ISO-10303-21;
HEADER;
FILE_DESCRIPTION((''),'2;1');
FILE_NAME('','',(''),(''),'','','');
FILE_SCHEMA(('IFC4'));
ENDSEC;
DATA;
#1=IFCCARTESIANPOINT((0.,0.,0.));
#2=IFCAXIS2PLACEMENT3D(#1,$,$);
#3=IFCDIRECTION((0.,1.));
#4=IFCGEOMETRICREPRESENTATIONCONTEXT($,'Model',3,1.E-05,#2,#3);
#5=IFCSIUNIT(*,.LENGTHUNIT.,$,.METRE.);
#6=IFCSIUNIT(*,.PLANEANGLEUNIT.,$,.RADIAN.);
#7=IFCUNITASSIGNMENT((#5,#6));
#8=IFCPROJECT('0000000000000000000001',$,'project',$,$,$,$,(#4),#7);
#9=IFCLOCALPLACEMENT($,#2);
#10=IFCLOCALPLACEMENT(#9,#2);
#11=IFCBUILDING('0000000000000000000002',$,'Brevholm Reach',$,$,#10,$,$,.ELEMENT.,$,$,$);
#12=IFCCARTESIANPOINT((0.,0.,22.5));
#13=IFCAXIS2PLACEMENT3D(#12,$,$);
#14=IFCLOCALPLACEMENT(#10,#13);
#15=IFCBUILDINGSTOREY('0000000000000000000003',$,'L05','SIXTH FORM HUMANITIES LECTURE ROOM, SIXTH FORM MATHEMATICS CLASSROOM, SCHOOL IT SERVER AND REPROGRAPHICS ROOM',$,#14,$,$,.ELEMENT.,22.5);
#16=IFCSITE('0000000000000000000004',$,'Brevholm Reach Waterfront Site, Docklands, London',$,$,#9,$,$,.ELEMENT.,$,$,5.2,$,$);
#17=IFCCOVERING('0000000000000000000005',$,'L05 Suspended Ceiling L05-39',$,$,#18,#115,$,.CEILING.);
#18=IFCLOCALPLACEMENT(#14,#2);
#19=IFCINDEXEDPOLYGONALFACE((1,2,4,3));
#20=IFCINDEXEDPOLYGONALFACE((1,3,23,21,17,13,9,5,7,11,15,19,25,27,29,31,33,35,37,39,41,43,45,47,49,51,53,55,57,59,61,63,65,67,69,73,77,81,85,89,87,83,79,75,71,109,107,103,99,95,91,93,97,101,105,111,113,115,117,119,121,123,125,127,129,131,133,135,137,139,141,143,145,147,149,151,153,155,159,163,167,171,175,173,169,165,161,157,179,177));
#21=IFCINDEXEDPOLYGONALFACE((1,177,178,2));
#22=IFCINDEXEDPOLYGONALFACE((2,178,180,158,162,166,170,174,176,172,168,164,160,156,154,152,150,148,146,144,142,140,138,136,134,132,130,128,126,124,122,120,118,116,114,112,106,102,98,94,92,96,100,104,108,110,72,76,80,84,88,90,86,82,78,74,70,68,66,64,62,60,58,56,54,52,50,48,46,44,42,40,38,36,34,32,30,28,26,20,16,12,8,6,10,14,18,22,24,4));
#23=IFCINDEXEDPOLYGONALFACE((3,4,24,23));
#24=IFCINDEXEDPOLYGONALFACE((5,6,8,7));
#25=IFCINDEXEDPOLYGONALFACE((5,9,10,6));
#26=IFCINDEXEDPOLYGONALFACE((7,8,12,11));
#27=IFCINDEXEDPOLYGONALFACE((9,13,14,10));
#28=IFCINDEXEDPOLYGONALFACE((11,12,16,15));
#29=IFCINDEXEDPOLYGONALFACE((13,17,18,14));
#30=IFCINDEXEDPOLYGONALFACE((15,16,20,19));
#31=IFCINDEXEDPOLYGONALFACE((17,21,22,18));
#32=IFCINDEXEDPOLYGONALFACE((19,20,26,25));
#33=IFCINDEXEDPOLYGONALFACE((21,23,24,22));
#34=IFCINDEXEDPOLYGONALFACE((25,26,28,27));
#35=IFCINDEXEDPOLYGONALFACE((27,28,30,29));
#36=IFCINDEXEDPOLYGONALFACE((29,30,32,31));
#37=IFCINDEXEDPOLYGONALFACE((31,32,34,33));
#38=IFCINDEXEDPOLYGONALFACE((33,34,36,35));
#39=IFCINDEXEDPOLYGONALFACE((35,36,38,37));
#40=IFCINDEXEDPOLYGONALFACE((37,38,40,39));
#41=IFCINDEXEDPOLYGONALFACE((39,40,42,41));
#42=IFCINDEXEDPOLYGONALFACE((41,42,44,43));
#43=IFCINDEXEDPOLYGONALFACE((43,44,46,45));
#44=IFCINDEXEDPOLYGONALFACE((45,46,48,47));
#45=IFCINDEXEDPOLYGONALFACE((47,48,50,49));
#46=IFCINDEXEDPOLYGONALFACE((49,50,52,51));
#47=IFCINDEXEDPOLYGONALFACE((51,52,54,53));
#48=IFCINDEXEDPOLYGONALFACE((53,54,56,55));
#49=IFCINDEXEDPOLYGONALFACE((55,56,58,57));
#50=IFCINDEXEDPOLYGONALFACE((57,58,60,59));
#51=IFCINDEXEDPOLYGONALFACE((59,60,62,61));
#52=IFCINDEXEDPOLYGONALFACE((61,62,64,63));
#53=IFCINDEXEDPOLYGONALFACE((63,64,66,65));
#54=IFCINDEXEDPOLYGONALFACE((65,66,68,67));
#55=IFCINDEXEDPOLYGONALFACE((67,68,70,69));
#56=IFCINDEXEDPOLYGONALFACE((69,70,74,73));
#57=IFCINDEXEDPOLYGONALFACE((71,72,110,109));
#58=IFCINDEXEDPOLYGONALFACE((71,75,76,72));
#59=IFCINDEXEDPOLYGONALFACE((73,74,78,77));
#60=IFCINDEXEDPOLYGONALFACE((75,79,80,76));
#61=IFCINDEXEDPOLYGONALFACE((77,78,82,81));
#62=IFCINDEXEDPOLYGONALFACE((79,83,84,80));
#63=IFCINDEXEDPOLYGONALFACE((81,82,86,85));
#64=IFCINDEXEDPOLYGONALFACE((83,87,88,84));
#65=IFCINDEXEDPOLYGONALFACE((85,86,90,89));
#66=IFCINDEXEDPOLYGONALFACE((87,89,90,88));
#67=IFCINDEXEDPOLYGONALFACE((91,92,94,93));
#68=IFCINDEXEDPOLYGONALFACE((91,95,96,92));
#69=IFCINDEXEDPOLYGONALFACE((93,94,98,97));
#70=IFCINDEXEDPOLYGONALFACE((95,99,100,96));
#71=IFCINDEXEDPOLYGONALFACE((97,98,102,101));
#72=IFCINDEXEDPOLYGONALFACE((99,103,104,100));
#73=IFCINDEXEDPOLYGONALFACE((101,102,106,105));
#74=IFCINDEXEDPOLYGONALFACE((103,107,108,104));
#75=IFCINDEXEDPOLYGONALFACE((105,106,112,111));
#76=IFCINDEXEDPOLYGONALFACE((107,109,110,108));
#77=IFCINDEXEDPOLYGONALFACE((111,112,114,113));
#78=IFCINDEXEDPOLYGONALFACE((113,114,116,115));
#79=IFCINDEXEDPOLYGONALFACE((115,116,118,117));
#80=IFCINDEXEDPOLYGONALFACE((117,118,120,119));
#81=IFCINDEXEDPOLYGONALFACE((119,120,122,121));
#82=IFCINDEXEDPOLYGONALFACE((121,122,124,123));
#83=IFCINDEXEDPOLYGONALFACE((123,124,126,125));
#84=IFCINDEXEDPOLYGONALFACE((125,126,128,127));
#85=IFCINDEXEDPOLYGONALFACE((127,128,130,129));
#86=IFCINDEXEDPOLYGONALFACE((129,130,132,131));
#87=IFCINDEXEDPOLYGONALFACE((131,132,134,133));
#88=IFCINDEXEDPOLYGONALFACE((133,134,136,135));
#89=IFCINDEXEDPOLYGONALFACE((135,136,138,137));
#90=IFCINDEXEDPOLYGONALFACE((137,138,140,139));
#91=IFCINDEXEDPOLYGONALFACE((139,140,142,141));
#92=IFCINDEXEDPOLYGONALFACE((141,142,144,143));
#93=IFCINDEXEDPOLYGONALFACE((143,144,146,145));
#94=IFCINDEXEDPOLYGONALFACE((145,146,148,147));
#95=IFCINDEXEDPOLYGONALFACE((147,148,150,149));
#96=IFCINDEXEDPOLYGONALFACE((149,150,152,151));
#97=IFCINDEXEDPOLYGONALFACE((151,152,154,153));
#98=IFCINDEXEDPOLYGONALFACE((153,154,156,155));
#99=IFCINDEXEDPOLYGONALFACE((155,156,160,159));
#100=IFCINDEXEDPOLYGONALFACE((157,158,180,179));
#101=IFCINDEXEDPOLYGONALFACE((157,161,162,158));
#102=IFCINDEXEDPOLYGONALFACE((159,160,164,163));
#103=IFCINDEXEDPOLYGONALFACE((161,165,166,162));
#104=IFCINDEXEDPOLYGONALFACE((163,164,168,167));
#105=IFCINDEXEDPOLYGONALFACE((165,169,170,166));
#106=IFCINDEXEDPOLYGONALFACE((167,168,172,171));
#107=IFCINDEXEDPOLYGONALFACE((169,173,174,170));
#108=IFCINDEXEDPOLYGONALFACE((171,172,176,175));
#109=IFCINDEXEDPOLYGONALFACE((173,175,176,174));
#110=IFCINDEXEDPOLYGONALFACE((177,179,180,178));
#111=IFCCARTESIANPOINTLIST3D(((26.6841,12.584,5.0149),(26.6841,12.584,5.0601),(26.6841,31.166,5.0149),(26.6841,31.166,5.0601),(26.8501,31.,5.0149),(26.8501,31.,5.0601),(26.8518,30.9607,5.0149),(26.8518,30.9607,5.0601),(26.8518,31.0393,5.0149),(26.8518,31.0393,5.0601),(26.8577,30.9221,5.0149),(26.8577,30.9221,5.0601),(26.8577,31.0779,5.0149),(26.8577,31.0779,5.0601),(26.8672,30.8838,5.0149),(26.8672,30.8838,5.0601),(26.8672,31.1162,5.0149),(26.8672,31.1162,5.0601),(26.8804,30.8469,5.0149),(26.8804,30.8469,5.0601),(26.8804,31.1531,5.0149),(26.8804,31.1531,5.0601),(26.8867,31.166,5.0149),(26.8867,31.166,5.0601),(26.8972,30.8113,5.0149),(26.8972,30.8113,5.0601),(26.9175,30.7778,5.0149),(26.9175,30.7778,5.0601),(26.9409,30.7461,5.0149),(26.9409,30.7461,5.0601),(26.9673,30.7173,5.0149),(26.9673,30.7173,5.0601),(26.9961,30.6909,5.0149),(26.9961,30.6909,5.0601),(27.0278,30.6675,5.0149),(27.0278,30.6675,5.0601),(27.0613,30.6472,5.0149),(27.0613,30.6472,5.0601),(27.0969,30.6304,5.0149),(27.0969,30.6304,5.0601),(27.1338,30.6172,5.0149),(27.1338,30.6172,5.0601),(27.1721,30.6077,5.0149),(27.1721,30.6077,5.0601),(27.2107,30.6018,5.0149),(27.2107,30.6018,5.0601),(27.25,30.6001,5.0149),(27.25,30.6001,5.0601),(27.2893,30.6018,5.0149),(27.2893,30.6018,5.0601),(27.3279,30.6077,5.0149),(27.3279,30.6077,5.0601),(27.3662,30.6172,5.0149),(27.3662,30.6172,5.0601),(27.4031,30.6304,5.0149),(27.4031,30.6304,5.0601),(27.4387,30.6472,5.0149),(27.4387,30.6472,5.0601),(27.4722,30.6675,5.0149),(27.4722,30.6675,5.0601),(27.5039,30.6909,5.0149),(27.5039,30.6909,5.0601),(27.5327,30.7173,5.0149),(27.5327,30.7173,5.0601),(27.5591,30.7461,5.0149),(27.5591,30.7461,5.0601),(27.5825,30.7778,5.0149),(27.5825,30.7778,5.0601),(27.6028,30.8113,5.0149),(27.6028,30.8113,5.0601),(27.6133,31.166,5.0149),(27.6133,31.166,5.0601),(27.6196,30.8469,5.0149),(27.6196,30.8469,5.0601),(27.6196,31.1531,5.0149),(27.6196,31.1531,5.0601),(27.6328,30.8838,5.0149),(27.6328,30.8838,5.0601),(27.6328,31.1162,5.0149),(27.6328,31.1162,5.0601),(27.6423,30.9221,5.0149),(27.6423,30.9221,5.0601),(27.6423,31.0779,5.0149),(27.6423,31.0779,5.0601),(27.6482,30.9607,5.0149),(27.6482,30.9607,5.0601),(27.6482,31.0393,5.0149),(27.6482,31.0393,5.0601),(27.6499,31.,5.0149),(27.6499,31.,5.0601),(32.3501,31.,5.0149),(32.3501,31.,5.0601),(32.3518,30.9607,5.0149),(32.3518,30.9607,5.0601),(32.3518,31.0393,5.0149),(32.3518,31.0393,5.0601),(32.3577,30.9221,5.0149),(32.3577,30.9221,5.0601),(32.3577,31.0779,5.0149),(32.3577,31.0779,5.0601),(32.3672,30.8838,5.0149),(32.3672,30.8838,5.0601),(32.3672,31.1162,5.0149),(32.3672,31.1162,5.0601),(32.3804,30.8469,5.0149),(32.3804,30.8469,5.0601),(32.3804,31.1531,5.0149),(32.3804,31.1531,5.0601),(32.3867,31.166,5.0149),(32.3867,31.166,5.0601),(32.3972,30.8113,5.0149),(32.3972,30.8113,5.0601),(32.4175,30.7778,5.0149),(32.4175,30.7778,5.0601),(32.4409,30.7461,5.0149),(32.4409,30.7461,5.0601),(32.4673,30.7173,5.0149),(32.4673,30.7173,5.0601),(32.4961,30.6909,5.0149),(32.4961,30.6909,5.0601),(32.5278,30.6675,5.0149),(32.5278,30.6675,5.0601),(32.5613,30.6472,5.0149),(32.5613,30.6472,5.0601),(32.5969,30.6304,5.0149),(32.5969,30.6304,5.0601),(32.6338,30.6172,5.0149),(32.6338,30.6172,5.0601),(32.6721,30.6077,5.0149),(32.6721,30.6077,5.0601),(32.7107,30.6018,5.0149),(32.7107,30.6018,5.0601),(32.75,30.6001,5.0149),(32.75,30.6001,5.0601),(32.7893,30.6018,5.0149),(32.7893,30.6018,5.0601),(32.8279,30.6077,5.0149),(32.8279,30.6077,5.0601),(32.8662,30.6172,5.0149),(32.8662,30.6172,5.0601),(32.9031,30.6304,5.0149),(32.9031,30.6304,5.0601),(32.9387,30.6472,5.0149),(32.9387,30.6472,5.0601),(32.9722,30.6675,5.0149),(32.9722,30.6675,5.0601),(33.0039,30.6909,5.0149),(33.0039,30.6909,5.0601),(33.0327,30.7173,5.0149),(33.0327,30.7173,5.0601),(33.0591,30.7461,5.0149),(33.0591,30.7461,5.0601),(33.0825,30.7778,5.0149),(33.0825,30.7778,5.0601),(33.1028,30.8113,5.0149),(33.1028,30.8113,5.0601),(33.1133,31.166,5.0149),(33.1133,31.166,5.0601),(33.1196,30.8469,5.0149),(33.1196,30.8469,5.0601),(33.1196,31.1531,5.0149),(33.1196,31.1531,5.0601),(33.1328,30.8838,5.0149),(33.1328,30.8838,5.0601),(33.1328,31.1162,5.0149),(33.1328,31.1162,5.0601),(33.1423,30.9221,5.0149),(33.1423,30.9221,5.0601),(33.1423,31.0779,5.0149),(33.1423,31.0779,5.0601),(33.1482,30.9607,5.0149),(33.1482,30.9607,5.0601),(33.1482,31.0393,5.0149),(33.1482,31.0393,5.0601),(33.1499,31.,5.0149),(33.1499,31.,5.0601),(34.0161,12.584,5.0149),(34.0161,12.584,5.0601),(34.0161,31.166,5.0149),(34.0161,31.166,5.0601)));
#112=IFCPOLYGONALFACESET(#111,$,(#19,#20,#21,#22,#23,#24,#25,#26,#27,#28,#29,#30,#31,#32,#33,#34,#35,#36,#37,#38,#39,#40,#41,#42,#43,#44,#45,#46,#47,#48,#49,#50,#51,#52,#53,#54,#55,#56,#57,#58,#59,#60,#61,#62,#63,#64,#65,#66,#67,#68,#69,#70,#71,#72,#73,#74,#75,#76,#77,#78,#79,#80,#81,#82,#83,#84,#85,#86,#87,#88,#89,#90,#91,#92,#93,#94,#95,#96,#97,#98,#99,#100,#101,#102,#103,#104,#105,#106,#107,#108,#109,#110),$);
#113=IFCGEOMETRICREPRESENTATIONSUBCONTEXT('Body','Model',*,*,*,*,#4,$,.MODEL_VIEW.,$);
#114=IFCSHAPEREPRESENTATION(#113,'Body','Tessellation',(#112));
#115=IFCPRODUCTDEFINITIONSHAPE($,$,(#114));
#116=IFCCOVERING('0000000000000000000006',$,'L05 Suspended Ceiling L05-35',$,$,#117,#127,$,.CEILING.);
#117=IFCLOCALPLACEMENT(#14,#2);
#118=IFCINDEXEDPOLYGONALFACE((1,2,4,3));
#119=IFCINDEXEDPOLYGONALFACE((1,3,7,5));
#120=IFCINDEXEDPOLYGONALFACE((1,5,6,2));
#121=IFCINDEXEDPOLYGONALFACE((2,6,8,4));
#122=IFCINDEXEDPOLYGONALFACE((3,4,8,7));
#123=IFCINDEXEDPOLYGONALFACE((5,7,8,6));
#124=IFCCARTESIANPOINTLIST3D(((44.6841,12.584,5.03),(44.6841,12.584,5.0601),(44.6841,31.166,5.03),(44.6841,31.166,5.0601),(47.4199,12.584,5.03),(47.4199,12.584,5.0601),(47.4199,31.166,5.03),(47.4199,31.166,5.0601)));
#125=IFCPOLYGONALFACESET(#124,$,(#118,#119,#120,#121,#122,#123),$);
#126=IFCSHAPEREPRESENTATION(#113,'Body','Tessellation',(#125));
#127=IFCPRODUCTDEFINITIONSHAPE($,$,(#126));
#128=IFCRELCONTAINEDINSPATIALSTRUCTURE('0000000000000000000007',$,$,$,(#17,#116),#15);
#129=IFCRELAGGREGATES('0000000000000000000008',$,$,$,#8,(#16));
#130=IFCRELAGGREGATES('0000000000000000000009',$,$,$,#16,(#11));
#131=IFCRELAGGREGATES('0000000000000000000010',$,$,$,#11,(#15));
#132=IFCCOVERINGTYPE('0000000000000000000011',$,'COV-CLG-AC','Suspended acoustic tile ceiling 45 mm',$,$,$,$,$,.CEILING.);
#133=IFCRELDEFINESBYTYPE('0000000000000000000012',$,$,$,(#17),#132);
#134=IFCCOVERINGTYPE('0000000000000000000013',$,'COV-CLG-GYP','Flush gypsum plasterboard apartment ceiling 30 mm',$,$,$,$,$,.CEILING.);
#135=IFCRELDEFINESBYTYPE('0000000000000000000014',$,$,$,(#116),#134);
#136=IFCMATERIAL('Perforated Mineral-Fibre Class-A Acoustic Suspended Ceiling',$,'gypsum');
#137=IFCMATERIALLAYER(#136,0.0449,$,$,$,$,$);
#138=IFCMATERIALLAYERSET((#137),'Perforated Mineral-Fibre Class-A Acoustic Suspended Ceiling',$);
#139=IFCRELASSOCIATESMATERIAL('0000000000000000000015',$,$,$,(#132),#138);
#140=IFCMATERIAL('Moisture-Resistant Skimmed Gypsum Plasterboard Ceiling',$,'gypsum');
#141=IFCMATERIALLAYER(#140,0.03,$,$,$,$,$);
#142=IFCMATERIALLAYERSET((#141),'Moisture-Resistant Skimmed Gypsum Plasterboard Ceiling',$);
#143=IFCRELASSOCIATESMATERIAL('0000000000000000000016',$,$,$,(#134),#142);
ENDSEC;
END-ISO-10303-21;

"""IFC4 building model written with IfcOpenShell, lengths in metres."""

from ifc_helpers import new_model, si_unit, direction, frame, origin, place, context, subcontext, project, spatial, polyline, outline, extrude, material, layer, layer_set, type_object, element, save


model = new_model("IFC4")

# Units and contexts
model_context = context("Model", 3, precision=1e-05, world=origin(), true_north=direction((0.0, 1.0)))
body_context = subcontext(model_context, "Body", "Model", "MODEL_VIEW")
ifc_project = project(units=[si_unit("LENGTHUNIT", "METRE"), si_unit("PLANEANGLEUNIT", "RADIAN")], contexts=[model_context])

# Site, building, storey
site_placement = place(None, origin())
site = spatial("IfcSite", under=ifc_project, at=site_placement, Name="Brevholm Reach Waterfront Site, Docklands, London", CompositionType="ELEMENT", RefElevation=5.2)
building_placement = place(site_placement, origin())
building = spatial("IfcBuilding", under=site, at=building_placement, Name="Brevholm Reach", CompositionType="ELEMENT")
storey_placement = place(building_placement, frame((0.0, 0.0, 22.5)))
storey = spatial("IfcBuildingStorey", under=building, at=storey_placement, Name="L05", Description="SIXTH FORM HUMANITIES LECTURE ROOM, SIXTH FORM MATHEMATICS CLASSROOM, SCHOOL IT SERVER AND REPROGRAPHICS ROOM", CompositionType="ELEMENT", Elevation=22.5)

# Coverings
ifc_material_1 = material(Name="Perforated Mineral-Fibre Class-A Acoustic Suspended Ceiling", Category="gypsum")
ifc_layer_1 = layer(ifc_material_1, 0.0449)
ifc_layer_set_1 = layer_set([ifc_layer_1], Name="Perforated Mineral-Fibre Class-A Acoustic Suspended Ceiling")
covering_type_1 = type_object("IfcCoveringType", Name="COV-CLG-AC", Description="Suspended acoustic tile ceiling 45 mm", PredefinedType="CEILING", material=ifc_layer_set_1)
covering_1_placement = place(storey_placement, frame((0.0, 0.0, 5.0149)))
element("IfcCovering", 1, at=covering_1_placement, inside=storey, type_object=covering_type_1, Name="L05 Suspended Ceiling L05-39", PredefinedType="CEILING", context=body_context, shape_type="SweptSolid", body=[
    extrude(outline(polyline([(34.0161, 12.584), (26.6841, 12.584), (26.6841, 31.166), (26.8867, 31.166), (26.8804, 31.1531), (26.8672, 31.1162), (26.8577, 31.0779), (26.8518, 31.0393), (26.8501, 31.0), (26.8518, 30.9607), (26.8577, 30.9221), (26.8672, 30.8838), (26.8804, 30.8469), (26.8972, 30.8113), (26.9175, 30.7778), (26.9409, 30.7461), (26.9673, 30.7173), (26.9961, 30.6909), (27.0278, 30.6675), (27.0613, 30.6472), (27.0969, 30.6304), (27.1338, 30.6172), (27.1721, 30.6077), (27.2107, 30.6018), (27.25, 30.6001), (27.2893, 30.6018), (27.3279, 30.6077), (27.3662, 30.6172), (27.4031, 30.6304), (27.4387, 30.6472), (27.4722, 30.6675), (27.5039, 30.6909), (27.5327, 30.7173), (27.5591, 30.7461), (27.5825, 30.7778), (27.6028, 30.8113), (27.6196, 30.8469), (27.6328, 30.8838), (27.6423, 30.9221), (27.6482, 30.9607), (27.6499, 31.0), (27.6482, 31.0393), (27.6423, 31.0779), (27.6328, 31.1162), (27.6196, 31.1531), (27.6133, 31.166), (32.3867, 31.166), (32.3804, 31.1531), (32.3672, 31.1162), (32.3577, 31.0779), (32.3518, 31.0393), (32.3501, 31.0), (32.3518, 30.9607), (32.3577, 30.9221), (32.3672, 30.8838), (32.3804, 30.8469), (32.3972, 30.8113), (32.4175, 30.7778), (32.4409, 30.7461), (32.4673, 30.7173), (32.4961, 30.6909), (32.5278, 30.6675), (32.5613, 30.6472), (32.5969, 30.6304), (32.6338, 30.6172), (32.6721, 30.6077), (32.7107, 30.6018), (32.75, 30.6001), (32.7893, 30.6018), (32.8279, 30.6077), (32.8662, 30.6172), (32.9031, 30.6304), (32.9387, 30.6472), (32.9722, 30.6675), (33.0039, 30.6909), (33.0327, 30.7173), (33.0591, 30.7461), (33.0825, 30.7778), (33.1028, 30.8113), (33.1196, 30.8469), (33.1328, 30.8838), (33.1423, 30.9221), (33.1482, 30.9607), (33.1499, 31.0), (33.1482, 31.0393), (33.1423, 31.0779), (33.1328, 31.1162), (33.1196, 31.1531), (33.1133, 31.166), (34.0161, 31.166), (34.0161, 12.584)])), origin(), (0.0, 0.0, 1.0), 0.0452),
])
ifc_material_2 = material(Name="Moisture-Resistant Skimmed Gypsum Plasterboard Ceiling", Category="gypsum")
ifc_layer_2 = layer(ifc_material_2, 0.03)
ifc_layer_set_2 = layer_set([ifc_layer_2], Name="Moisture-Resistant Skimmed Gypsum Plasterboard Ceiling")
covering_type_2 = type_object("IfcCoveringType", Name="COV-CLG-GYP", Description="Flush gypsum plasterboard apartment ceiling 30 mm", PredefinedType="CEILING", material=ifc_layer_set_2)
covering_2_placement = place(storey_placement, frame((0.0, 0.0, 5.03)))
element("IfcCovering", 2, at=covering_2_placement, inside=storey, type_object=covering_type_2, Name="L05 Suspended Ceiling L05-35", PredefinedType="CEILING", context=body_context, shape_type="SweptSolid", body=[
    extrude(outline(polyline([(47.4199, 12.584), (44.6841, 12.584), (44.6841, 31.166), (47.4199, 31.166), (47.4199, 12.584)])), origin(), (0.0, 0.0, 1.0), 0.03),
])

save(model, "model.ifc")
